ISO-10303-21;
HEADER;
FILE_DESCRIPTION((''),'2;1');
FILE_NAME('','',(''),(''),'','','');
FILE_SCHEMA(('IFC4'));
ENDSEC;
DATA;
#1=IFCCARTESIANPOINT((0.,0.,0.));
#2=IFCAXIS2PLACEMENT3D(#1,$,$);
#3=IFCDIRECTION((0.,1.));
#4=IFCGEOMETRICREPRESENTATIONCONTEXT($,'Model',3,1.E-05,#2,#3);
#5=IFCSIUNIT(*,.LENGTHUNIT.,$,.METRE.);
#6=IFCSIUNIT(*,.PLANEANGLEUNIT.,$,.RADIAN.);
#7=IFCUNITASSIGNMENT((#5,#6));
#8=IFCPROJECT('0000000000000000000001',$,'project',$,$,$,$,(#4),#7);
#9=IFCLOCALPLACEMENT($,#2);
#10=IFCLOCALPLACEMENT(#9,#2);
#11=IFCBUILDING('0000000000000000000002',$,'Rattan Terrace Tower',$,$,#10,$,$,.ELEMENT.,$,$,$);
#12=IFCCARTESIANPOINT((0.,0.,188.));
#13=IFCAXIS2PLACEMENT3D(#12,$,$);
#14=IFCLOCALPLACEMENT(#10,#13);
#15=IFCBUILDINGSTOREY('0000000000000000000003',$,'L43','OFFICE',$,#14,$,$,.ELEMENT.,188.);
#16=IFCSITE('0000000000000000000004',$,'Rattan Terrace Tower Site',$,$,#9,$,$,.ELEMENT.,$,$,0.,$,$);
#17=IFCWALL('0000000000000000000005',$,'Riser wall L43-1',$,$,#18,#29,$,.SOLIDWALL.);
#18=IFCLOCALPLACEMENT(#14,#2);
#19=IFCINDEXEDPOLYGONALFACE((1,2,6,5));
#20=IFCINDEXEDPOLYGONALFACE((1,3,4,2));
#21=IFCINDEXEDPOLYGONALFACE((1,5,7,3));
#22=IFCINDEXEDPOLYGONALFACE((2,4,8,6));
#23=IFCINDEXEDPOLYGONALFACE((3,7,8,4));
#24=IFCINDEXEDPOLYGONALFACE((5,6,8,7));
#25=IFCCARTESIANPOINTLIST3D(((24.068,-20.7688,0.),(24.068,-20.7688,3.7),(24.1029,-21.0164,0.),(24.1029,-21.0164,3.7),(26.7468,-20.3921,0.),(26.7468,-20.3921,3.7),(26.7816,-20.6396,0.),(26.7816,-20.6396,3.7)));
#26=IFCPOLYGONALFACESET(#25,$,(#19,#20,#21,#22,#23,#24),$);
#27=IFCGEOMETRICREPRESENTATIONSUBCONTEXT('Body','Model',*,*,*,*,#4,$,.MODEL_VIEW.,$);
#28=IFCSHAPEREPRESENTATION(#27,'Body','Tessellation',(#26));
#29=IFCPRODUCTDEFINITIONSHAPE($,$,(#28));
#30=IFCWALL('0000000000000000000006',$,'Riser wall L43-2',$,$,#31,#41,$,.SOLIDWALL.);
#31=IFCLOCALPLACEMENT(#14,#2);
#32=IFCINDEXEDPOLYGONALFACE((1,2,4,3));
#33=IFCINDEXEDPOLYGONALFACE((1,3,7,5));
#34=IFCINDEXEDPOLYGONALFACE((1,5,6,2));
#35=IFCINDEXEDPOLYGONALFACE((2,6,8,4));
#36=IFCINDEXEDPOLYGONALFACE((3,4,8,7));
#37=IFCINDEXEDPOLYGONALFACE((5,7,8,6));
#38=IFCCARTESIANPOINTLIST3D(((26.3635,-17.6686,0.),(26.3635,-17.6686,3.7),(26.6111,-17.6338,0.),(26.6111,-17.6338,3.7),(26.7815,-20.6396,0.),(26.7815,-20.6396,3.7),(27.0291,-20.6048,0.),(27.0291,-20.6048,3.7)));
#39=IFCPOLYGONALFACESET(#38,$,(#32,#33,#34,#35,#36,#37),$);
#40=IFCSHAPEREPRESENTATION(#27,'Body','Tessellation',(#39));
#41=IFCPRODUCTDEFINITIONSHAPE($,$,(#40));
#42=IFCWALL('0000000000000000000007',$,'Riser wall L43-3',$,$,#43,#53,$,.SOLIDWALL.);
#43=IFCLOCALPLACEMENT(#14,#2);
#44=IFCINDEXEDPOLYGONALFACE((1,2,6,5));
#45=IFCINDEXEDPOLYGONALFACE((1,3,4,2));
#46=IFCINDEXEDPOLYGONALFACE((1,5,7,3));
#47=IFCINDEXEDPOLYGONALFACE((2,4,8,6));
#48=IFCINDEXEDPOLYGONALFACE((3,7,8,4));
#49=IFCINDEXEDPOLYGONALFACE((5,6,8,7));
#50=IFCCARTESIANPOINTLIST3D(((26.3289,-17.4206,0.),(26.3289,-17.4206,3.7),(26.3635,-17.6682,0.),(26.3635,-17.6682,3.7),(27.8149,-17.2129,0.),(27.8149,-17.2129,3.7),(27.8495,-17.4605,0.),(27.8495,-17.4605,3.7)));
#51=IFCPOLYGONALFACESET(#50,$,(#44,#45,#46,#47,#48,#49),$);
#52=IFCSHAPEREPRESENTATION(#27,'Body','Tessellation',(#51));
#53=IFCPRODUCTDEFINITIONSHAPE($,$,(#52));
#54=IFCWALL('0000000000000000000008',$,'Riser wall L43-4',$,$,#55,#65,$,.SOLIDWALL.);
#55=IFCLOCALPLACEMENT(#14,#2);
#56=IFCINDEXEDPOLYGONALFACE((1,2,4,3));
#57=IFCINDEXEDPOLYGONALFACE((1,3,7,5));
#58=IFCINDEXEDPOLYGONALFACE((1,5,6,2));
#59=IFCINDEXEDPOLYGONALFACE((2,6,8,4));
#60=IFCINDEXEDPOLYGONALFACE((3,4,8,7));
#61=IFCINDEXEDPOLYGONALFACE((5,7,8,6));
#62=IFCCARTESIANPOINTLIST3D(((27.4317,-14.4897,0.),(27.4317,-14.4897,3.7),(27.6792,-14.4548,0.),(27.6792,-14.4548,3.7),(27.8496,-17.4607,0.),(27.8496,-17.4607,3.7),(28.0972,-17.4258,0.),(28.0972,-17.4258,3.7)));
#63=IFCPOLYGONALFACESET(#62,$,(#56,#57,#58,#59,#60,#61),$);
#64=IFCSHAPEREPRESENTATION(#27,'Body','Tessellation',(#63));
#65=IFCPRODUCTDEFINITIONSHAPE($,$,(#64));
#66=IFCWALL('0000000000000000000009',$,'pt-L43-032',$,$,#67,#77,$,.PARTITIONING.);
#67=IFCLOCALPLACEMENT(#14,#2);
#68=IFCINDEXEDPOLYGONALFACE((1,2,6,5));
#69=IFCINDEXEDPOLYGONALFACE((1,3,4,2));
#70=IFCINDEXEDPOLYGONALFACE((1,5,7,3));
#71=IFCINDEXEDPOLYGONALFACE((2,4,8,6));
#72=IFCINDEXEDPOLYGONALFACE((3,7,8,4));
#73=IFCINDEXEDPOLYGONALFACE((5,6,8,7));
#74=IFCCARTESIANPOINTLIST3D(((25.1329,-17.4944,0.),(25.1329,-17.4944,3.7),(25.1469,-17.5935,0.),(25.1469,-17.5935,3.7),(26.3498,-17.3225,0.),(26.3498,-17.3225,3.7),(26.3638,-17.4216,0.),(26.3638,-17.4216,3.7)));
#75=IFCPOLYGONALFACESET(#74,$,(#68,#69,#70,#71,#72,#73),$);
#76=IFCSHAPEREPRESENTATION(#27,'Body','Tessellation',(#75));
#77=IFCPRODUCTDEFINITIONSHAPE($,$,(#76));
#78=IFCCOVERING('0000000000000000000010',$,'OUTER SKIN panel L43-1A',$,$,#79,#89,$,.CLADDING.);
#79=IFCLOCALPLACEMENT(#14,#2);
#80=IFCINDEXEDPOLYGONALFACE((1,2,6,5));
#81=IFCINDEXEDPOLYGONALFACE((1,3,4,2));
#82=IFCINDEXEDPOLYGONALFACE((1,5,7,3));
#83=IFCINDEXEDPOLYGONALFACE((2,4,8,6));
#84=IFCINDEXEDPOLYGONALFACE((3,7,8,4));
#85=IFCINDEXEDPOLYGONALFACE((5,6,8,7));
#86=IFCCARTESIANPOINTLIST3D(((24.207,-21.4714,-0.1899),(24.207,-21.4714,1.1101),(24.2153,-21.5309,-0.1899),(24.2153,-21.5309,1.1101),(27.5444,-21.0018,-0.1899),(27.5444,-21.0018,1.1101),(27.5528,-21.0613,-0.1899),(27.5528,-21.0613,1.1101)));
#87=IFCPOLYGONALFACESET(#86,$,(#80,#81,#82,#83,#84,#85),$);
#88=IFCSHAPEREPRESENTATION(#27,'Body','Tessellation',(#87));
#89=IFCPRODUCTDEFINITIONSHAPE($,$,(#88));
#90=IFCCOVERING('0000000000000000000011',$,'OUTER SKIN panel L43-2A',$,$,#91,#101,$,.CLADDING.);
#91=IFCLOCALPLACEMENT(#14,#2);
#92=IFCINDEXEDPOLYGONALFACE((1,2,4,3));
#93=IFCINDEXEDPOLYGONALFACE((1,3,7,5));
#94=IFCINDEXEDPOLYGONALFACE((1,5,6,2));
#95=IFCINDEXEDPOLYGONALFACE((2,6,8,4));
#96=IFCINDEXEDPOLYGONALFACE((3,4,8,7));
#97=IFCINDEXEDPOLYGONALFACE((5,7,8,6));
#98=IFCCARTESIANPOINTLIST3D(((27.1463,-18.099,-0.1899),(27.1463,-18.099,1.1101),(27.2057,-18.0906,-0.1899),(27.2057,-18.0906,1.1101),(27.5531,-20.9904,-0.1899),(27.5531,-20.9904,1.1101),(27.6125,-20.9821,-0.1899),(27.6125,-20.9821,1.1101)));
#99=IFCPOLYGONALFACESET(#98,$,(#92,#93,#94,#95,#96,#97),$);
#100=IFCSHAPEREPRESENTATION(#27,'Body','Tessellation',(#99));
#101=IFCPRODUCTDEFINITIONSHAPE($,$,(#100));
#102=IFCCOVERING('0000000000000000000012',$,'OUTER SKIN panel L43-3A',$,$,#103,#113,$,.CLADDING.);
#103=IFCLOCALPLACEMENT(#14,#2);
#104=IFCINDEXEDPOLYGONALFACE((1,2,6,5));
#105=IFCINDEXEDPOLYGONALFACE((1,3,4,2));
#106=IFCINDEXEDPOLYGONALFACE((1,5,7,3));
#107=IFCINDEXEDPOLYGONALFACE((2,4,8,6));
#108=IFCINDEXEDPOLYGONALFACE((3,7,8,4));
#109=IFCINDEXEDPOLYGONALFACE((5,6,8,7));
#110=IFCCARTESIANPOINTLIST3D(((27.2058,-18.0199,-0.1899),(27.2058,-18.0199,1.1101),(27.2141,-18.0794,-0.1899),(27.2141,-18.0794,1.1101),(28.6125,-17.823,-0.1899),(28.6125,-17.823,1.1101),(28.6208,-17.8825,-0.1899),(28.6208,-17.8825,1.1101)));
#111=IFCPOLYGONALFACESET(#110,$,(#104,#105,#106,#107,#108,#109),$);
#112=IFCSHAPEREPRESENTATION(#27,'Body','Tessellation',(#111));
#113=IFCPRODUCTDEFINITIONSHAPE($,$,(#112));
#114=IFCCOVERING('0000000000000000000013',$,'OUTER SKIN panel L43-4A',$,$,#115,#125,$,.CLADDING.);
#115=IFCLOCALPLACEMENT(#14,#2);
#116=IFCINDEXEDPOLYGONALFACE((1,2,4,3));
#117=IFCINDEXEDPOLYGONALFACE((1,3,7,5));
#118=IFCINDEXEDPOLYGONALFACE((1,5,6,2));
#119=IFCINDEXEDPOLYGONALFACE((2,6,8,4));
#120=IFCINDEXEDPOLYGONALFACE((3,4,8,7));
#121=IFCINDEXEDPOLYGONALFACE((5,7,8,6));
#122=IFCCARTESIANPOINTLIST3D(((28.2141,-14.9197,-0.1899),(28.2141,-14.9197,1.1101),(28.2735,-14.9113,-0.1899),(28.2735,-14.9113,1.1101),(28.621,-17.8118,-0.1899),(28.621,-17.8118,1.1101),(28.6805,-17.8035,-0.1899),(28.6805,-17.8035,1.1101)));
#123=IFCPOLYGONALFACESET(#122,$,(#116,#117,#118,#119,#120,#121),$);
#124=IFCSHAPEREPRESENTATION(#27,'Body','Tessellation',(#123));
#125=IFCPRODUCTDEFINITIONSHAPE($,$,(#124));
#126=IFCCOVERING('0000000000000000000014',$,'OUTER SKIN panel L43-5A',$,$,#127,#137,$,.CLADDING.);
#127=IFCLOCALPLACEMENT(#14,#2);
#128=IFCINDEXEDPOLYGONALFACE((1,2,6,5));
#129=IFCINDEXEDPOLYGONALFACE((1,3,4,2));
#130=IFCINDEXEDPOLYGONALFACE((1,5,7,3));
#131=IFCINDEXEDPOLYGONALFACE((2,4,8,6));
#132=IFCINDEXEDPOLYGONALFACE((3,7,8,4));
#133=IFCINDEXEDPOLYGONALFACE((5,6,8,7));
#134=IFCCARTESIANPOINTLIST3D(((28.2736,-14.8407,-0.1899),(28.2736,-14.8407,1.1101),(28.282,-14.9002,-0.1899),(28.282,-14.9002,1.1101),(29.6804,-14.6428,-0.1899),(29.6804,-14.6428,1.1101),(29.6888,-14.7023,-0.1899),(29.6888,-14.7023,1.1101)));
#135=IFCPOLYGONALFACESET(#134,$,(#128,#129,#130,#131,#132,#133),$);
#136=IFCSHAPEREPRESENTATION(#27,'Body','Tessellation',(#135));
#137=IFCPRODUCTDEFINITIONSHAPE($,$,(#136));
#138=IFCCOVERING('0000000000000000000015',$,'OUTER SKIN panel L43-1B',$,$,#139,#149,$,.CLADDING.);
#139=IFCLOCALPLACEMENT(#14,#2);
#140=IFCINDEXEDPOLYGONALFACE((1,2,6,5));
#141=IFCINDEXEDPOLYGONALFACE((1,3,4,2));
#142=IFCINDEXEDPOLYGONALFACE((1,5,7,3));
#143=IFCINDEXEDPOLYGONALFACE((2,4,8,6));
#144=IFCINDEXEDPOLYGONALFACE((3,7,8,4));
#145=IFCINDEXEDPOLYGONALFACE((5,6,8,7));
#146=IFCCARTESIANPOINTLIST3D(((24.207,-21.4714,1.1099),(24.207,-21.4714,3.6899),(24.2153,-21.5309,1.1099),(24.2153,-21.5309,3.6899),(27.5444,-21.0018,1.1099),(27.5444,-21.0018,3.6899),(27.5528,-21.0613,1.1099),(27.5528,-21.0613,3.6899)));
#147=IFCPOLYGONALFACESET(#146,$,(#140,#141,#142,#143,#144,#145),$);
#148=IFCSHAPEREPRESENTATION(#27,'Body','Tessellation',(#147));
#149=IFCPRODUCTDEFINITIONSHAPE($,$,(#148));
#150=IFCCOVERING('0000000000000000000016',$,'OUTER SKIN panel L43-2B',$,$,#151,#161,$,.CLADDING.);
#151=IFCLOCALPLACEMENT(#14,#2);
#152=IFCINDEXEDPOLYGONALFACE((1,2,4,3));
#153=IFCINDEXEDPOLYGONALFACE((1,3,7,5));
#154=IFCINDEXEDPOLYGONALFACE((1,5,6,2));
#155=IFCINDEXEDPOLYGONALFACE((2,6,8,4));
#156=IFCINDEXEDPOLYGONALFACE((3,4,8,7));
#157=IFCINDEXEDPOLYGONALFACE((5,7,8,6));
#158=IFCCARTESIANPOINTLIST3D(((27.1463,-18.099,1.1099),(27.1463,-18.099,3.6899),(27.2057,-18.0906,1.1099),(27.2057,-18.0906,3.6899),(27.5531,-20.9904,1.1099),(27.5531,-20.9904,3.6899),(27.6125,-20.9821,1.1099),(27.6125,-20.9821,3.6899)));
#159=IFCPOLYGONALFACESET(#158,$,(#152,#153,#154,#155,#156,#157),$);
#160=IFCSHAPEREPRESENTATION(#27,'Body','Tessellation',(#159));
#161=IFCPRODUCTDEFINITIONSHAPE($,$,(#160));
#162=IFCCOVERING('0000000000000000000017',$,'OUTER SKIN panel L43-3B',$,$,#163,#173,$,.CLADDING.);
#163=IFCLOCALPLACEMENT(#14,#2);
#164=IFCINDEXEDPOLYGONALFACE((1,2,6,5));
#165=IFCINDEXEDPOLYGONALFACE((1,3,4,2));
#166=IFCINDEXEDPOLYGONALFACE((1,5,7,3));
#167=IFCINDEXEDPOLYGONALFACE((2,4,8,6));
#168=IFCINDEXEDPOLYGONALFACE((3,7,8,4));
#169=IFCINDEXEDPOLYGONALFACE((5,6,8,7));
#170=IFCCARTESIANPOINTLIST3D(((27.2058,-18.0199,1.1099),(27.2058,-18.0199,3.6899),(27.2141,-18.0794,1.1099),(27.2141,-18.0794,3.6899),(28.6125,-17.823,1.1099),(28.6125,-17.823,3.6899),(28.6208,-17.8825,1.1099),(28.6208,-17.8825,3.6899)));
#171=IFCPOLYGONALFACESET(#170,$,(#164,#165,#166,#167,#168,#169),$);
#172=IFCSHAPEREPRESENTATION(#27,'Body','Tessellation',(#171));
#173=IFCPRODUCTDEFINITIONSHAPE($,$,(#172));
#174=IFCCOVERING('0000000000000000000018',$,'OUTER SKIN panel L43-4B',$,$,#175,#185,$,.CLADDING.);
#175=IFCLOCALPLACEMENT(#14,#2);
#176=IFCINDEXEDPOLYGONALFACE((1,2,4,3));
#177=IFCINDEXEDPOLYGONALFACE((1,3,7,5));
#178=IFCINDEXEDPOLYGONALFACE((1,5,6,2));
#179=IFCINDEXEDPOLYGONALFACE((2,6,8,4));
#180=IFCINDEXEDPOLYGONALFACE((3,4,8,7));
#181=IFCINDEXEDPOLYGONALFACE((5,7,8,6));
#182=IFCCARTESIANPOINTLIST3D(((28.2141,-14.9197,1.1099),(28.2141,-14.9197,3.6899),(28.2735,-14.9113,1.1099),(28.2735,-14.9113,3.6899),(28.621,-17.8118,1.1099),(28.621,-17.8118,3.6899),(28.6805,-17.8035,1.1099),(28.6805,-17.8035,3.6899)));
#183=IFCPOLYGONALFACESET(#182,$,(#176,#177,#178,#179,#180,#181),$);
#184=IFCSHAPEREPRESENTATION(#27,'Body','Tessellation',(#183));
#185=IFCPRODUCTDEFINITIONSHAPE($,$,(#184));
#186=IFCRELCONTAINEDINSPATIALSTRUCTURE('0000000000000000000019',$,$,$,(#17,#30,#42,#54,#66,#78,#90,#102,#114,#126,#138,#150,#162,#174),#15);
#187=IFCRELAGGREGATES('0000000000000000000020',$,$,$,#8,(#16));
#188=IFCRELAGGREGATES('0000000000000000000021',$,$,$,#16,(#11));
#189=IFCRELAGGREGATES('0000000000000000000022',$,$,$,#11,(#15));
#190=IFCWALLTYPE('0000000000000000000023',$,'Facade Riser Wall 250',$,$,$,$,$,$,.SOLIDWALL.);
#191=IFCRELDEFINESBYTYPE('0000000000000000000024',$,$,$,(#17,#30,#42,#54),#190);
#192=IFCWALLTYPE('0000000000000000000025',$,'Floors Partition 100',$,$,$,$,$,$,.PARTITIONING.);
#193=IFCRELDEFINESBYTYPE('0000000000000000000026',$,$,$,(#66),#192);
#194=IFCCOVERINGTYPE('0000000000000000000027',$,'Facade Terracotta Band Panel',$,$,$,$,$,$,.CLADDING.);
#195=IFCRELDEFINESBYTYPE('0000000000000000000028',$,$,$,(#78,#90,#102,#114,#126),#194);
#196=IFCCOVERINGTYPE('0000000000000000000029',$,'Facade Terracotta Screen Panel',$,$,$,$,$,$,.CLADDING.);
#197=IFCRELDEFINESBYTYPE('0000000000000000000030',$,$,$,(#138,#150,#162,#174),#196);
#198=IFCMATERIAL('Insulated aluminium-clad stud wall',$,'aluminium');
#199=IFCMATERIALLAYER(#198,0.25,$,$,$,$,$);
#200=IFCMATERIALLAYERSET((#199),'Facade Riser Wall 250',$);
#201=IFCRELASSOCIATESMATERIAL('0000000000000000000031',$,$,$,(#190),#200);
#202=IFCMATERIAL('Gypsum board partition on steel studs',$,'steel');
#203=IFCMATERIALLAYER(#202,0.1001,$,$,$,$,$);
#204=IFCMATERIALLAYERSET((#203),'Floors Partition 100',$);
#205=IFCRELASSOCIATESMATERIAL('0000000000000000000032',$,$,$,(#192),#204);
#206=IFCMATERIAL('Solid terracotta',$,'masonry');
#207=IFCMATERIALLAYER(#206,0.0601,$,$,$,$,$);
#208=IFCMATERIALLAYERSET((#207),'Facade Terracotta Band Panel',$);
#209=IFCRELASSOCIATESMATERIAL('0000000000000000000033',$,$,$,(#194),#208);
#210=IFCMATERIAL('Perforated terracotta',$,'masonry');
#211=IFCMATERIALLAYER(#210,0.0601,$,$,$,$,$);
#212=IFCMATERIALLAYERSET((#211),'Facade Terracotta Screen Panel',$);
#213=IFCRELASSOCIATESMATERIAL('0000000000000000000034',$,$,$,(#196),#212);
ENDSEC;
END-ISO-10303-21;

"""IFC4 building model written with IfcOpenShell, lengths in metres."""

from ifc_helpers import new_model, si_unit, direction, frame, frame_2d, origin, origin_2d, place, context, subcontext, project, spatial, rectangle, extrude, material, layer, layer_set, type_object, element, save


model = new_model("IFC4")

# Units and contexts
model_context = context("Model", 3, precision=1e-05, world=origin(), true_north=direction((0.0, 1.0)))
body_context = subcontext(model_context, "Body", "Model", "MODEL_VIEW")
ifc_project = project(units=[si_unit("LENGTHUNIT", "METRE"), si_unit("PLANEANGLEUNIT", "RADIAN")], contexts=[model_context])

# Site, building, storey
site_placement = place(None, origin())
site = spatial("IfcSite", under=ifc_project, at=site_placement, Name="Rattan Terrace Tower Site", CompositionType="ELEMENT", RefElevation=0.0)
building_placement = place(site_placement, origin())
building = spatial("IfcBuilding", under=site, at=building_placement, Name="Rattan Terrace Tower", CompositionType="ELEMENT")
storey_placement = place(building_placement, frame((0.0, 0.0, 188.0)))
storey = spatial("IfcBuildingStorey", under=building, at=storey_placement, Name="L43", Description="OFFICE", CompositionType="ELEMENT", Elevation=188.0)

# Walls
ifc_material_1 = material(Name="Insulated aluminium-clad stud wall", Category="aluminium")
ifc_layer_1 = layer(ifc_material_1, 0.25)
ifc_layer_set_1 = layer_set([ifc_layer_1], Name="Facade Riser Wall 250")
wall_type_1 = type_object("IfcWallType", Name="Facade Riser Wall 250", PredefinedType="SOLIDWALL", material=ifc_layer_set_1)
wall_1_placement = place(storey_placement, frame((24.0854, -20.8926, 0.0), z_axis=(0.0, 0.0, 1.0), x_axis=(0.990256, 0.13926, 0.0)))
element("IfcWall", 1, at=wall_1_placement, inside=storey, type_object=wall_type_1, Name="Riser wall L43-1", PredefinedType="SOLIDWALL", context=body_context, shape_type="SweptSolid", body=[
    extrude(rectangle(XDim=2.7051, YDim=0.25, at=frame_2d((1.3525, 0.0))), origin(), (0.0, 0.0, 1.0), 3.7),
])
wall_2_placement = place(storey_placement, frame((26.9053, -20.6221, 0.0), z_axis=(0.0, 0.0, 1.0), x_axis=(-0.139313, 0.990248, 0.0)))
element("IfcWall", 2, at=wall_2_placement, inside=storey, type_object=wall_type_1, Name="Riser wall L43-2", PredefinedType="SOLIDWALL", context=body_context, shape_type="SweptSolid", body=[
    extrude(rectangle(XDim=3.0002, YDim=0.25, at=frame_2d((1.5, 0.0))), origin(), (0.0, 0.0, 1.0), 3.7),
])
wall_3_placement = place(storey_placement, frame((26.3462, -17.5444, 0.0), z_axis=(0.0, 0.0, 1.0), x_axis=(0.990368, 0.13846, 0.0)))
element("IfcWall", 3, at=wall_3_placement, inside=storey, type_object=wall_type_1, Name="Riser wall L43-3", PredefinedType="SOLIDWALL", context=body_context, shape_type="SweptSolid", body=[
    extrude(rectangle(XDim=1.5005, YDim=0.25, at=frame_2d((0.7502, 0.0))), origin(), (0.0, 0.0, 1.0), 3.7),
])
wall_4_placement = place(storey_placement, frame((27.9734, -17.4431, 0.0), z_axis=(0.0, 0.0, 1.0), x_axis=(-0.139313, 0.990248, 0.0)))
element("IfcWall", 4, at=wall_4_placement, inside=storey, type_object=wall_type_1, Name="Riser wall L43-4", PredefinedType="SOLIDWALL", context=body_context, shape_type="SweptSolid", body=[
    extrude(rectangle(XDim=3.0002, YDim=0.25, at=frame_2d((1.5, 0.0))), origin(), (0.0, 0.0, 1.0), 3.7),
])
ifc_material_2 = material(Name="Gypsum board partition on steel studs", Category="steel")
ifc_layer_2 = layer(ifc_material_2, 0.1001)
ifc_layer_set_2 = layer_set([ifc_layer_2], Name="Floors Partition 100")
wall_type_2 = type_object("IfcWallType", Name="Floors Partition 100", PredefinedType="PARTITIONING", material=ifc_layer_set_2)
wall_5_placement = place(storey_placement, frame((25.1399, -17.5439, 0.0), z_axis=(0.0, 0.0, 1.0), x_axis=(0.990175, 0.139836, 0.0)))
element("IfcWall", 5, at=wall_5_placement, inside=storey, type_object=wall_type_2, Name="pt-L43-032", PredefinedType="PARTITIONING", context=body_context, shape_type="SweptSolid", body=[
    extrude(rectangle(XDim=1.229, YDim=0.1001, at=frame_2d((0.6145, 0.0))), origin(), (0.0, 0.0, 1.0), 3.7),
])

# Coverings
ifc_material_3 = material(Name="Solid terracotta", Category="masonry")
ifc_layer_3 = layer(ifc_material_3, 0.0601)
ifc_layer_set_3 = layer_set([ifc_layer_3], Name="Facade Terracotta Band Panel")
covering_type_1 = type_object("IfcCoveringType", Name="Facade Terracotta Band Panel", PredefinedType="CLADDING", material=ifc_layer_set_3)
covering_1_placement = place(storey_placement, frame((25.8799, -21.2664, -0.1899), z_axis=(0.0, 0.0, 1.0), x_axis=(0.990247, 0.139321, 0.0)))
element("IfcCovering", 6, at=covering_1_placement, inside=storey, type_object=covering_type_1, Name="OUTER SKIN panel L43-1A", PredefinedType="CLADDING", context=body_context, shape_type="SweptSolid", body=[
    extrude(rectangle(XDim=3.3704, YDim=0.0601, at=origin_2d()), origin(), (0.0, 0.0, 1.0), 1.3),
])
covering_2_placement = place(storey_placement, frame((27.3794, -19.5405, -0.1899), z_axis=(0.0, 0.0, 1.0), x_axis=(-0.139321, 0.990247, 0.0)))
element("IfcCovering", 7, at=covering_2_placement, inside=storey, type_object=covering_type_1, Name="OUTER SKIN panel L43-2A", PredefinedType="CLADDING", context=body_context, shape_type="SweptSolid", body=[
    extrude(rectangle(XDim=2.9199, YDim=0.0601, at=origin_2d()), origin(), (0.0, 0.0, 1.0), 1.3),
])
covering_3_placement = place(storey_placement, frame((27.9133, -17.9512, -0.1899), z_axis=(0.0, 0.0, 1.0), x_axis=(0.990345, 0.138622, 0.0)))
element("IfcCovering", 8, at=covering_3_placement, inside=storey, type_object=covering_type_1, Name="OUTER SKIN panel L43-3A", PredefinedType="CLADDING", context=body_context, shape_type="SweptSolid", body=[
    extrude(rectangle(XDim=1.4204, YDim=0.0601, at=origin_2d()), origin(), (0.0, 0.0, 1.0), 1.3),
])
covering_4_placement = place(storey_placement, frame((28.4473, -16.3616, -0.1899), z_axis=(0.0, 0.0, 1.0), x_axis=(-0.139321, 0.990247, 0.0)))
element("IfcCovering", 9, at=covering_4_placement, inside=storey, type_object=covering_type_1, Name="OUTER SKIN panel L43-4A", PredefinedType="CLADDING", context=body_context, shape_type="SweptSolid", body=[
    extrude(rectangle(XDim=2.9207, YDim=0.0601, at=origin_2d()), origin(), (0.0, 0.0, 1.0), 1.3),
])
covering_5_placement = place(storey_placement, frame((28.9812, -14.7715, -0.1899), z_axis=(0.0, 0.0, 1.0), x_axis=(0.990254, 0.139275, 0.0)))
element("IfcCovering", 10, at=covering_5_placement, inside=storey, type_object=covering_type_1, Name="OUTER SKIN panel L43-5A", PredefinedType="CLADDING", context=body_context, shape_type="SweptSolid", body=[
    extrude(rectangle(XDim=1.4207, YDim=0.0601, at=origin_2d()), origin(), (0.0, 0.0, 1.0), 1.3),
])
ifc_material_4 = material(Name="Perforated terracotta", Category="masonry")
ifc_layer_4 = layer(ifc_material_4, 0.0601)
ifc_layer_set_4 = layer_set([ifc_layer_4], Name="Facade Terracotta Screen Panel")
covering_type_2 = type_object("IfcCoveringType", Name="Facade Terracotta Screen Panel", PredefinedType="CLADDING", material=ifc_layer_set_4)
covering_6_placement = place(storey_placement, frame((25.8799, -21.2664, 1.1099), z_axis=(0.0, 0.0, 1.0), x_axis=(0.990247, 0.139321, 0.0)))
element("IfcCovering", 11, at=covering_6_placement, inside=storey, type_object=covering_type_2, Name="OUTER SKIN panel L43-1B", PredefinedType="CLADDING", context=body_context, shape_type="SweptSolid", body=[
    extrude(rectangle(XDim=3.3704, YDim=0.0601, at=origin_2d()), origin(), (0.0, 0.0, 1.0), 2.5801),
])
covering_7_placement = place(storey_placement, frame((27.3794, -19.5405, 1.1099), z_axis=(0.0, 0.0, 1.0), x_axis=(-0.139321, 0.990247, 0.0)))
element("IfcCovering", 12, at=covering_7_placement, inside=storey, type_object=covering_type_2, Name="OUTER SKIN panel L43-2B", PredefinedType="CLADDING", context=body_context, shape_type="SweptSolid", body=[
    extrude(rectangle(XDim=2.9199, YDim=0.0601, at=origin_2d()), origin(), (0.0, 0.0, 1.0), 2.5801),
])
covering_8_placement = place(storey_placement, frame((27.9133, -17.9512, 1.1099), z_axis=(0.0, 0.0, 1.0), x_axis=(0.990345, 0.138622, 0.0)))
element("IfcCovering", 13, at=covering_8_placement, inside=storey, type_object=covering_type_2, Name="OUTER SKIN panel L43-3B", PredefinedType="CLADDING", context=body_context, shape_type="SweptSolid", body=[
    extrude(rectangle(XDim=1.4204, YDim=0.0601, at=origin_2d()), origin(), (0.0, 0.0, 1.0), 2.5801),
])
covering_9_placement = place(storey_placement, frame((28.4473, -16.3616, 1.1099), z_axis=(0.0, 0.0, 1.0), x_axis=(-0.139321, 0.990247, 0.0)))
element("IfcCovering", 14, at=covering_9_placement, inside=storey, type_object=covering_type_2, Name="OUTER SKIN panel L43-4B", PredefinedType="CLADDING", context=body_context, shape_type="SweptSolid", body=[
    extrude(rectangle(XDim=2.9207, YDim=0.0601, at=origin_2d()), origin(), (0.0, 0.0, 1.0), 2.5801),
])

save(model, "model.ifc")
